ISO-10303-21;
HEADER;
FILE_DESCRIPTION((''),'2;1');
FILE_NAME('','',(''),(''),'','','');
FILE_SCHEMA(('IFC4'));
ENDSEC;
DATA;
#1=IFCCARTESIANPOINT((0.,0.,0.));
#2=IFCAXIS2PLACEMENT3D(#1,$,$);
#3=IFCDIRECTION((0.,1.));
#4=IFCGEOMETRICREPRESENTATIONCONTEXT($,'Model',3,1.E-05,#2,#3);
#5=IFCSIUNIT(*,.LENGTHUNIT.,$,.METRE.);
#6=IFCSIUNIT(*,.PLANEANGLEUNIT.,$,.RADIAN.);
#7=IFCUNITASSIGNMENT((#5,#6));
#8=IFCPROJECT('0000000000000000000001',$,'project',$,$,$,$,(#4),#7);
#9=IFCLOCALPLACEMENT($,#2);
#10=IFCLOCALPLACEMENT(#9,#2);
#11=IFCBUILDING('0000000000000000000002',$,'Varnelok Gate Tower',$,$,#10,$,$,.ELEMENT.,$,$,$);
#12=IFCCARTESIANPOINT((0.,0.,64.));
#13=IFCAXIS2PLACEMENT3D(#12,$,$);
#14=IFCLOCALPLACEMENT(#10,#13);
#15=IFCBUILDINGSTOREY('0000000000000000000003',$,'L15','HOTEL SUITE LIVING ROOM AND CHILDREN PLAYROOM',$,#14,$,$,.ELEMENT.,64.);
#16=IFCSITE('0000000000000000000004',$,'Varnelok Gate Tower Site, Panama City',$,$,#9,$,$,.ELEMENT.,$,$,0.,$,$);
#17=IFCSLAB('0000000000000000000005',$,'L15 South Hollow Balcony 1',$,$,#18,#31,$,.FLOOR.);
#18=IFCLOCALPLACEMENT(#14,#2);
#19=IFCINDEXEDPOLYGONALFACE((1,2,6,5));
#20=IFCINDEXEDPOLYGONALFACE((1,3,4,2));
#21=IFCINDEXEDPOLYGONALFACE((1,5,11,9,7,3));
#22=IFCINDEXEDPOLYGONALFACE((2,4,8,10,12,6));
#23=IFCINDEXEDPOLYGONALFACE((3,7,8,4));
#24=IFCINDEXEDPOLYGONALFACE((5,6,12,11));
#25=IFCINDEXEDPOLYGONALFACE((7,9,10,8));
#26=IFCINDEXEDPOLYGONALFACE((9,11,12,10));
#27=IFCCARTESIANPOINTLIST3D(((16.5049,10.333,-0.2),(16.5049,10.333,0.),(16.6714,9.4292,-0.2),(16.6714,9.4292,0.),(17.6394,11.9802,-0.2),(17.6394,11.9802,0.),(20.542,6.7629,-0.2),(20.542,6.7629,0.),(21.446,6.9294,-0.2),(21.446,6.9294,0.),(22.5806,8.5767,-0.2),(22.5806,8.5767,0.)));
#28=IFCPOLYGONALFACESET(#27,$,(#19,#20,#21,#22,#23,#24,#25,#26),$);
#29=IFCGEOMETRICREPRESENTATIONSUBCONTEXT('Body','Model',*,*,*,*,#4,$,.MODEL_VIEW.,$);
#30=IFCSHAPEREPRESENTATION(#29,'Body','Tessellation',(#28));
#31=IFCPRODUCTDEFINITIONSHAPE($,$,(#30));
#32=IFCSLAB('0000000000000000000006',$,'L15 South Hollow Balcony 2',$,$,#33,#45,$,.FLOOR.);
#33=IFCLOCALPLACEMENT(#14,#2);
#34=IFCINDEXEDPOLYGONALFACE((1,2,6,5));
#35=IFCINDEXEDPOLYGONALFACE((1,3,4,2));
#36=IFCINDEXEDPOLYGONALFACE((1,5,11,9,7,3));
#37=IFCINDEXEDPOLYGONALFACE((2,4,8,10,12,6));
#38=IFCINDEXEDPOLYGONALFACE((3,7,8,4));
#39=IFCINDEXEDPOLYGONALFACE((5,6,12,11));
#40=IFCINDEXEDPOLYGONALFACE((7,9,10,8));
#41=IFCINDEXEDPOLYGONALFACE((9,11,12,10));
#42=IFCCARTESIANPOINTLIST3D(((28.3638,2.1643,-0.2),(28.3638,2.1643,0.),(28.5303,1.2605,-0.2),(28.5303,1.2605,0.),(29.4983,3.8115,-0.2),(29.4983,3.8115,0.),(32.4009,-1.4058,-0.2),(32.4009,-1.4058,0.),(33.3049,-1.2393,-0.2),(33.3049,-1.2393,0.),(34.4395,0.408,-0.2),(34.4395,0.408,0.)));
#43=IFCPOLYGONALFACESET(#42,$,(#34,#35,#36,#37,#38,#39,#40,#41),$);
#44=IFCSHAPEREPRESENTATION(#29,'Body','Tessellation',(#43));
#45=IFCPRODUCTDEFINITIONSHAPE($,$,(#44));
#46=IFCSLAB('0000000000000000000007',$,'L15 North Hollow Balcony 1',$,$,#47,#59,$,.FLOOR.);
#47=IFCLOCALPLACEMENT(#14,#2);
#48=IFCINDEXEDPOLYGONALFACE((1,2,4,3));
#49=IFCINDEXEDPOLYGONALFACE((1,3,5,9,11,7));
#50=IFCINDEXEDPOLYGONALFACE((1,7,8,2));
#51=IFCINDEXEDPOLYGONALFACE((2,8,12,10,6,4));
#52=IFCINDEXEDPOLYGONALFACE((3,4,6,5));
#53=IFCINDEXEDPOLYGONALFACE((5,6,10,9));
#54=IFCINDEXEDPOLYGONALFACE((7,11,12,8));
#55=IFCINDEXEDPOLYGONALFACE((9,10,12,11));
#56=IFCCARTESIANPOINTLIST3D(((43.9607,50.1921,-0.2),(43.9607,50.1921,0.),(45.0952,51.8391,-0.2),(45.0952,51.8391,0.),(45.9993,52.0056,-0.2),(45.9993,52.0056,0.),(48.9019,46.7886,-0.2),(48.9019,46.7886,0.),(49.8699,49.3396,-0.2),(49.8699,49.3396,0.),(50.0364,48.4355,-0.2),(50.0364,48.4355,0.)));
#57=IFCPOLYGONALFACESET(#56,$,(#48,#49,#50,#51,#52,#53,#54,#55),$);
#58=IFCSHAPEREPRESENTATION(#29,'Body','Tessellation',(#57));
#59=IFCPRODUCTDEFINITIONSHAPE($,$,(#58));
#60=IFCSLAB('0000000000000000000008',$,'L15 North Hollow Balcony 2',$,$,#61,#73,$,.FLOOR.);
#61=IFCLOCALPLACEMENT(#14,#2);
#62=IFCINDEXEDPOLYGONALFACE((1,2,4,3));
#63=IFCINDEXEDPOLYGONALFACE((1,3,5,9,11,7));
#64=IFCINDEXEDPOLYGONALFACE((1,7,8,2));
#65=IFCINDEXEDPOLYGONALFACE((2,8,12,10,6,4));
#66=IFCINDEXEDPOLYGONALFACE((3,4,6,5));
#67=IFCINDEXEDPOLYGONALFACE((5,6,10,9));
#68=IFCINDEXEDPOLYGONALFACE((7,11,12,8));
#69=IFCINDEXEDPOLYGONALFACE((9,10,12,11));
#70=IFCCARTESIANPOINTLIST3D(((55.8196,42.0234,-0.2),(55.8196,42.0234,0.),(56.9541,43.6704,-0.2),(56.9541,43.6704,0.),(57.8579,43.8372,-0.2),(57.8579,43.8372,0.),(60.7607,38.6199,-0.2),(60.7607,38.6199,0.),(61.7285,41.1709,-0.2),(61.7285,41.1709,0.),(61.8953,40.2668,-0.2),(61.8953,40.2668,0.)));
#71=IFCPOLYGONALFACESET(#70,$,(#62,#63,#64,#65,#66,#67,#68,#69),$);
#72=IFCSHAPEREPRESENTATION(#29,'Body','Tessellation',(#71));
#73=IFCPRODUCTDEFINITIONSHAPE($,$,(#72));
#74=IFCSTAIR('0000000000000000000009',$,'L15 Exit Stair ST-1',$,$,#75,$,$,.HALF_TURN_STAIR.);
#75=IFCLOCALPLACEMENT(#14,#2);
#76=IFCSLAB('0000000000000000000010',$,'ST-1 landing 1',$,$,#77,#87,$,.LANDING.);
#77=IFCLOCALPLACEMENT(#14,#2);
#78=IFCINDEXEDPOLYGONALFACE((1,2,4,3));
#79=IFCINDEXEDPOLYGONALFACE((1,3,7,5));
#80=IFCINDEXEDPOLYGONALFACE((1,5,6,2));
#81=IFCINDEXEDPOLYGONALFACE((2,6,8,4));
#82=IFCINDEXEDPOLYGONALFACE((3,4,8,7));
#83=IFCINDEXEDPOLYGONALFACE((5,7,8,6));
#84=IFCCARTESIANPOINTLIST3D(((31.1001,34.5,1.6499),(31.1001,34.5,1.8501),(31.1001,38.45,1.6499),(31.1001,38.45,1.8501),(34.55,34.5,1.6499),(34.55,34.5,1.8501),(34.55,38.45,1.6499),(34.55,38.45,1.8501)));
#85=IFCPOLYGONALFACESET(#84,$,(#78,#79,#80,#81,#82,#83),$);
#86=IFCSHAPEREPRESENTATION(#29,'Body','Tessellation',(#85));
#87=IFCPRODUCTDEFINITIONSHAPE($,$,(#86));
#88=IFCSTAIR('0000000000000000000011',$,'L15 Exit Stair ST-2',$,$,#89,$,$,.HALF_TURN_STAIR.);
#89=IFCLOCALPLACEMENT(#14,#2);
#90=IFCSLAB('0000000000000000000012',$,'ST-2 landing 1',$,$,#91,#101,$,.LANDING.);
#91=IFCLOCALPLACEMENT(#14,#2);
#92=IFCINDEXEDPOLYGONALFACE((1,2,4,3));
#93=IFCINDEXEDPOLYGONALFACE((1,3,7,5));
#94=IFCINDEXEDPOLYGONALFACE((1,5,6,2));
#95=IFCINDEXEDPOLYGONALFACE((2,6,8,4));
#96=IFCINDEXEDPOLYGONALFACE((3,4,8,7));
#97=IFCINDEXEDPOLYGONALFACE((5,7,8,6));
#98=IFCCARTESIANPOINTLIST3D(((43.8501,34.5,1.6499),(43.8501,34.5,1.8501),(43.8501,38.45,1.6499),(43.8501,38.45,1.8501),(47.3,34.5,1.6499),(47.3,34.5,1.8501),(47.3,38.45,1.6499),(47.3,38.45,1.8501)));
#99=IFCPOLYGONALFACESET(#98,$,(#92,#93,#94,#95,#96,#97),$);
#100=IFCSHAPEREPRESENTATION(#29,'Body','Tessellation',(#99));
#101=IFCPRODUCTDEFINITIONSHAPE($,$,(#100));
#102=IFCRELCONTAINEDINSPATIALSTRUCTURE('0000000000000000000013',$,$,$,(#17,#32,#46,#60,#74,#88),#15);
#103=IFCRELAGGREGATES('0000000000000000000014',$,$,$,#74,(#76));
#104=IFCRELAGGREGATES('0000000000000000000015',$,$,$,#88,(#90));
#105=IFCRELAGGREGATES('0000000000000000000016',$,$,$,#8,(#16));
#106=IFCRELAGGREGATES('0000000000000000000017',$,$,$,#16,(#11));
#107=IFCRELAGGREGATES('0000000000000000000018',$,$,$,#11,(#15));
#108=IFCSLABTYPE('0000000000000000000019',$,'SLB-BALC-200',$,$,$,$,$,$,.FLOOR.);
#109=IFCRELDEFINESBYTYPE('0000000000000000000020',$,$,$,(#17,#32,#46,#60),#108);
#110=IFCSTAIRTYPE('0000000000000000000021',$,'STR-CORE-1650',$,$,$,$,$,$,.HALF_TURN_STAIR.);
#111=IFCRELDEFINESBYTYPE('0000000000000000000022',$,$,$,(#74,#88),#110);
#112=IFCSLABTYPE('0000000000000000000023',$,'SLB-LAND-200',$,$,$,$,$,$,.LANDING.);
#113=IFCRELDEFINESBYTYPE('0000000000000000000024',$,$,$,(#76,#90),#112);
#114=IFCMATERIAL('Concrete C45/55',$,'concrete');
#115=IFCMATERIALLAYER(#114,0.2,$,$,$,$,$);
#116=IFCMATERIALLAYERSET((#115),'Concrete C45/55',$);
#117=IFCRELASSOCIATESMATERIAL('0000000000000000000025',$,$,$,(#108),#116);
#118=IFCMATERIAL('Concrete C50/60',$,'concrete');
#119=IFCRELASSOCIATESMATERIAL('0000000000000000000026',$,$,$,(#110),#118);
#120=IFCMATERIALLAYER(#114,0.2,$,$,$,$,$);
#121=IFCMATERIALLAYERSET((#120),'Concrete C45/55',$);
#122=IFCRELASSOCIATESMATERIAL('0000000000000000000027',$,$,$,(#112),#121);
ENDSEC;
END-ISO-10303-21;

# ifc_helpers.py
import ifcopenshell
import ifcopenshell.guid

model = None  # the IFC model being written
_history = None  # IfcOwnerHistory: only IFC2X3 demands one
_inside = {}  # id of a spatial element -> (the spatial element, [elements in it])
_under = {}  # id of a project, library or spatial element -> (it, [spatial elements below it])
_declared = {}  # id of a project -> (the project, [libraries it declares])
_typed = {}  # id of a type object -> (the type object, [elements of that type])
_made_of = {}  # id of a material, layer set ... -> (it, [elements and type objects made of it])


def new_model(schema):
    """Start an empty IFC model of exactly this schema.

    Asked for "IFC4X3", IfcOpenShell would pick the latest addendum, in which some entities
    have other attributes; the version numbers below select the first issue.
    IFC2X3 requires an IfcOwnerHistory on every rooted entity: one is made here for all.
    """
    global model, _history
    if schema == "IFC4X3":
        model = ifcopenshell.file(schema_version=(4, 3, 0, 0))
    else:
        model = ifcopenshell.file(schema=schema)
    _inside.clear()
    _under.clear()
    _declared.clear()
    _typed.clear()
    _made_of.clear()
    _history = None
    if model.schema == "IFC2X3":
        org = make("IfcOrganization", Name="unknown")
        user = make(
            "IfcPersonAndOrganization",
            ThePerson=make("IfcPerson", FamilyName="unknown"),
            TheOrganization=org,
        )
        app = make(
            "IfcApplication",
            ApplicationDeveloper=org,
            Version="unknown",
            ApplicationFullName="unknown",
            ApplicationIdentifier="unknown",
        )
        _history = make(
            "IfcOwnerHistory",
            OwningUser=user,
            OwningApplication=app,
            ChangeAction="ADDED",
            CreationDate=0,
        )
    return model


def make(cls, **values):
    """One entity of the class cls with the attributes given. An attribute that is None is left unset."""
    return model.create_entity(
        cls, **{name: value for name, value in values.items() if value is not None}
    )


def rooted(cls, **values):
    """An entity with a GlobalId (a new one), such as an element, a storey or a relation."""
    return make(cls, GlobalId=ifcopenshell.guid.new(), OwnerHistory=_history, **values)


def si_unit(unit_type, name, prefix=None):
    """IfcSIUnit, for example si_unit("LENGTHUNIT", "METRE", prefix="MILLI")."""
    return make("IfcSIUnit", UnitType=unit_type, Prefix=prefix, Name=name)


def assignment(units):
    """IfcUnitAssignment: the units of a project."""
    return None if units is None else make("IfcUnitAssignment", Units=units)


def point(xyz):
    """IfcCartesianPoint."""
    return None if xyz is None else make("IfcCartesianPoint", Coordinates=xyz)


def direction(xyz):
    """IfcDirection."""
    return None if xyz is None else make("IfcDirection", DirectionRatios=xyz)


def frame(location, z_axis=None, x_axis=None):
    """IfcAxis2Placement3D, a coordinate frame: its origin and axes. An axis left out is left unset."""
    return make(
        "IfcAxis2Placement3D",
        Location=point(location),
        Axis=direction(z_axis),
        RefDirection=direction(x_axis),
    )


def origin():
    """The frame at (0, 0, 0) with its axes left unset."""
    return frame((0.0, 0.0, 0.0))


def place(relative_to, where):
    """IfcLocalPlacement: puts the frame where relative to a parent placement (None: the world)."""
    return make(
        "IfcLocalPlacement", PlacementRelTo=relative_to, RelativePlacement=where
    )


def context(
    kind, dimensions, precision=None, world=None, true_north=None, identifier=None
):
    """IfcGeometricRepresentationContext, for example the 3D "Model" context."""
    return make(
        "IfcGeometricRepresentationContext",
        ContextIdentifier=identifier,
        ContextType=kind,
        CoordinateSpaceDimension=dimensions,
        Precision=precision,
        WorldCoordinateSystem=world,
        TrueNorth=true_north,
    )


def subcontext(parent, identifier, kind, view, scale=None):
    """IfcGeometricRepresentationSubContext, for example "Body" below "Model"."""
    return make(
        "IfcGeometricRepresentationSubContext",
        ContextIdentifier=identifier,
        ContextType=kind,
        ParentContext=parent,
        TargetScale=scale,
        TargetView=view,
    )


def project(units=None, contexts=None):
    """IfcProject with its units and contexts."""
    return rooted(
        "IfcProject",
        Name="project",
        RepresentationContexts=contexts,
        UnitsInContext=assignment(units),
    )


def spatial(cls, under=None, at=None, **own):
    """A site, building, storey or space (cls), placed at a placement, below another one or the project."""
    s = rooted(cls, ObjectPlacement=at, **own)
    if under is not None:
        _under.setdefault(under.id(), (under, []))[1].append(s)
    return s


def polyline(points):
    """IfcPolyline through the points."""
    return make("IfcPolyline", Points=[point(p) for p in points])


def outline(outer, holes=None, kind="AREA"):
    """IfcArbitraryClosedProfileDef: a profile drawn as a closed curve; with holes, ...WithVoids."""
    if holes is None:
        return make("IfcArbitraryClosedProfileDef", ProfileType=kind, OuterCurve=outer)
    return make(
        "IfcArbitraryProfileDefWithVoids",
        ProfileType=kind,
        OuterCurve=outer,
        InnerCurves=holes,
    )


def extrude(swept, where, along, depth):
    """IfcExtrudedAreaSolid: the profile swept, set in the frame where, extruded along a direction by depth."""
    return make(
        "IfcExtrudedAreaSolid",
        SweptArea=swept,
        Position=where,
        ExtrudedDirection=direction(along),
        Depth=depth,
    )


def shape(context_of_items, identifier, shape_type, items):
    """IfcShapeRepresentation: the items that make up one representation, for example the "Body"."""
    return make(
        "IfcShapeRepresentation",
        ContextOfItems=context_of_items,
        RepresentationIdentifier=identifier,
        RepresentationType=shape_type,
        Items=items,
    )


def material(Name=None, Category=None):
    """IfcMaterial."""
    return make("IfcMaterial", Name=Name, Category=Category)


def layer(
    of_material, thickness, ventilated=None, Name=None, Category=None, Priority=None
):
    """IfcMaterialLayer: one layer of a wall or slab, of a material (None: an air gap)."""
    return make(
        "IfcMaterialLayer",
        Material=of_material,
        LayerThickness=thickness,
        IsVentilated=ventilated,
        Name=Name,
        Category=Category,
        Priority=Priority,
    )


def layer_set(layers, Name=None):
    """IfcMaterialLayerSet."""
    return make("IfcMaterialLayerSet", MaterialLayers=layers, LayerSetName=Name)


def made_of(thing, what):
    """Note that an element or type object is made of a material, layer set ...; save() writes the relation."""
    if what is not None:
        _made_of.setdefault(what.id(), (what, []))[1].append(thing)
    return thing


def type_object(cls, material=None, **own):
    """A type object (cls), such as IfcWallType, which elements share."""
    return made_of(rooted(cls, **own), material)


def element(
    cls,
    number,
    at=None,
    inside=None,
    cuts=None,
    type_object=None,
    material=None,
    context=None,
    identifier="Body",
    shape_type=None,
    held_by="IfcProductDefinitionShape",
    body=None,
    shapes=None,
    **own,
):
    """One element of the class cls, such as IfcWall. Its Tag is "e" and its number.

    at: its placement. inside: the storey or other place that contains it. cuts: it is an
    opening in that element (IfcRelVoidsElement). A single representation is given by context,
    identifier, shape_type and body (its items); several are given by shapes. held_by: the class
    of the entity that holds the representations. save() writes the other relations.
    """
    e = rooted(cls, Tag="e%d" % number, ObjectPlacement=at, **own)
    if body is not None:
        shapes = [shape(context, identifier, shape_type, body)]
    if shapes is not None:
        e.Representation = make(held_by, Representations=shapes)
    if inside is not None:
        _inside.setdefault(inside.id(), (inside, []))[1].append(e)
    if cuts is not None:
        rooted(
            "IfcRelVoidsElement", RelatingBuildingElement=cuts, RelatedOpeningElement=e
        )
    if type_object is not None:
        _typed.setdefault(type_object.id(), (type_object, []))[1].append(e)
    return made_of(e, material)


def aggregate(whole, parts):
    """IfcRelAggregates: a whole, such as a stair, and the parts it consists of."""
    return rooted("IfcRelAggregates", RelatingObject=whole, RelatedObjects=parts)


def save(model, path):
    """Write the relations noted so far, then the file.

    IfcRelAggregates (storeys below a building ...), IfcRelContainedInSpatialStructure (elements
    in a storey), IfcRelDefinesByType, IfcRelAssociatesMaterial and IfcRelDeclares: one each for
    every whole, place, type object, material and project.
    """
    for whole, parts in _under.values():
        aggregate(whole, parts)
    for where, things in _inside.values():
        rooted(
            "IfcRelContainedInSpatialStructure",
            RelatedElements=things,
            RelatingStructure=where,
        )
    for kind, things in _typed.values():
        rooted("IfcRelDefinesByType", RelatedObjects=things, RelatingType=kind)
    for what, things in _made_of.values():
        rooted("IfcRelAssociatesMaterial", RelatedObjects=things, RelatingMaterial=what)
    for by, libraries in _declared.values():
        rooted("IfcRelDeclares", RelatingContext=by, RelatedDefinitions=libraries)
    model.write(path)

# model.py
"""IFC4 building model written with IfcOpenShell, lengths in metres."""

from ifc_helpers import new_model, si_unit, direction, frame, origin, place, context, subcontext, project, spatial, polyline, outline, extrude, material, layer, layer_set, type_object, element, aggregate, save


model = new_model("IFC4")

# Units and contexts
model_context = context("Model", 3, precision=1e-05, world=origin(), true_north=direction((0.0, 1.0)))
body_context = subcontext(model_context, "Body", "Model", "MODEL_VIEW")
ifc_project = project(units=[si_unit("LENGTHUNIT", "METRE"), si_unit("PLANEANGLEUNIT", "RADIAN")], contexts=[model_context])

# Site, building, storey
site_placement = place(None, origin())
site = spatial("IfcSite", under=ifc_project, at=site_placement, Name="Varnelok Gate Tower Site, Panama City", CompositionType="ELEMENT", RefElevation=0.0)
building_placement = place(site_placement, origin())
building = spatial("IfcBuilding", under=site, at=building_placement, Name="Varnelok Gate Tower", CompositionType="ELEMENT")
storey_placement = place(building_placement, frame((0.0, 0.0, 64.0)))
storey = spatial("IfcBuildingStorey", under=building, at=storey_placement, Name="L15", Description="HOTEL SUITE LIVING ROOM AND CHILDREN PLAYROOM", CompositionType="ELEMENT", Elevation=64.0)

# Slabs
ifc_material_1 = material(Name="Concrete C45/55", Category="concrete")
ifc_layer_1 = layer(ifc_material_1, 0.2)
ifc_layer_set_1 = layer_set([ifc_layer_1], Name="Concrete C45/55")
slab_type_1 = type_object("IfcSlabType", Name="SLB-BALC-200", PredefinedType="FLOOR", material=ifc_layer_set_1)
slab_1_placement = place(storey_placement, frame((0.0, 0.0, -0.2)))
element("IfcSlab", 1, at=slab_1_placement, inside=storey, type_object=slab_type_1, Name="L15 South Hollow Balcony 1", PredefinedType="FLOOR", context=body_context, shape_type="SweptSolid", body=[
    extrude(outline(polyline([(16.5049, 10.333), (16.6714, 9.4292), (20.542, 6.7629), (21.446, 6.9294), (22.5806, 8.5767), (17.6394, 11.9802), (16.5049, 10.333)])), origin(), (0.0, 0.0, 1.0), 0.2),
])
slab_2_placement = place(storey_placement, frame((0.0, 0.0, -0.2)))
element("IfcSlab", 2, at=slab_2_placement, inside=storey, type_object=slab_type_1, Name="L15 South Hollow Balcony 2", PredefinedType="FLOOR", context=body_context, shape_type="SweptSolid", body=[
    extrude(outline(polyline([(28.3638, 2.1643), (28.5303, 1.2605), (32.4009, -1.4058), (33.3049, -1.2393), (34.4395, 0.408), (29.4983, 3.8115), (28.3638, 2.1643)])), origin(), (0.0, 0.0, 1.0), 0.2),
])
slab_3_placement = place(storey_placement, frame((0.0, 0.0, -0.2)))
element("IfcSlab", 3, at=slab_3_placement, inside=storey, type_object=slab_type_1, Name="L15 North Hollow Balcony 1", PredefinedType="FLOOR", context=body_context, shape_type="SweptSolid", body=[
    extrude(outline(polyline([(43.9607, 50.1921), (48.9019, 46.7886), (50.0364, 48.4355), (49.8699, 49.3396), (45.9993, 52.0056), (45.0952, 51.8391), (43.9607, 50.1921)])), origin(), (0.0, 0.0, 1.0), 0.2),
])
slab_4_placement = place(storey_placement, frame((0.0, 0.0, -0.2)))
element("IfcSlab", 4, at=slab_4_placement, inside=storey, type_object=slab_type_1, Name="L15 North Hollow Balcony 2", PredefinedType="FLOOR", context=body_context, shape_type="SweptSolid", body=[
    extrude(outline(polyline([(55.8196, 42.0234), (60.7607, 38.6199), (61.8953, 40.2668), (61.7285, 41.1709), (57.8579, 43.8372), (56.9541, 43.6704), (55.8196, 42.0234)])), origin(), (0.0, 0.0, 1.0), 0.2),
])

# Stairs, slabs
ifc_material_2 = material(Name="Concrete C50/60", Category="concrete")
stair_type = type_object("IfcStairType", Name="STR-CORE-1650", PredefinedType="HALF_TURN_STAIR", material=ifc_material_2)
stair_1_placement = place(storey_placement, origin())
stair_1 = element("IfcStair", 5, at=stair_1_placement, inside=storey, type_object=stair_type, Name="L15 Exit Stair ST-1", PredefinedType="HALF_TURN_STAIR")
ifc_layer_2 = layer(ifc_material_1, 0.2)
ifc_layer_set_2 = layer_set([ifc_layer_2], Name="Concrete C45/55")
slab_type_2 = type_object("IfcSlabType", Name="SLB-LAND-200", PredefinedType="LANDING", material=ifc_layer_set_2)
slab_5_placement = place(storey_placement, frame((0.0, 0.0, 1.6499)))
slab_5 = element("IfcSlab", 6, at=slab_5_placement, type_object=slab_type_2, Name="ST-1 landing 1", PredefinedType="LANDING", context=body_context, shape_type="SweptSolid", body=[
    extrude(outline(polyline([(34.55, 34.5), (34.55, 38.45), (31.1001, 38.45), (31.1001, 34.5), (34.55, 34.5)])), origin(), (0.0, 0.0, 1.0), 0.2002),
])
aggregate(stair_1, [slab_5])
stair_2_placement = place(storey_placement, origin())
stair_2 = element("IfcStair", 7, at=stair_2_placement, inside=storey, type_object=stair_type, Name="L15 Exit Stair ST-2", PredefinedType="HALF_TURN_STAIR")
slab_6_placement = place(storey_placement, frame((0.0, 0.0, 1.6499)))
slab_6 = element("IfcSlab", 8, at=slab_6_placement, type_object=slab_type_2, Name="ST-2 landing 1", PredefinedType="LANDING", context=body_context, shape_type="SweptSolid", body=[
    extrude(outline(polyline([(47.3, 34.5), (47.3, 38.45), (43.8501, 38.45), (43.8501, 34.5), (47.3, 34.5)])), origin(), (0.0, 0.0, 1.0), 0.2002),
])
aggregate(stair_2, [slab_6])

save(model, "model.ifc")
